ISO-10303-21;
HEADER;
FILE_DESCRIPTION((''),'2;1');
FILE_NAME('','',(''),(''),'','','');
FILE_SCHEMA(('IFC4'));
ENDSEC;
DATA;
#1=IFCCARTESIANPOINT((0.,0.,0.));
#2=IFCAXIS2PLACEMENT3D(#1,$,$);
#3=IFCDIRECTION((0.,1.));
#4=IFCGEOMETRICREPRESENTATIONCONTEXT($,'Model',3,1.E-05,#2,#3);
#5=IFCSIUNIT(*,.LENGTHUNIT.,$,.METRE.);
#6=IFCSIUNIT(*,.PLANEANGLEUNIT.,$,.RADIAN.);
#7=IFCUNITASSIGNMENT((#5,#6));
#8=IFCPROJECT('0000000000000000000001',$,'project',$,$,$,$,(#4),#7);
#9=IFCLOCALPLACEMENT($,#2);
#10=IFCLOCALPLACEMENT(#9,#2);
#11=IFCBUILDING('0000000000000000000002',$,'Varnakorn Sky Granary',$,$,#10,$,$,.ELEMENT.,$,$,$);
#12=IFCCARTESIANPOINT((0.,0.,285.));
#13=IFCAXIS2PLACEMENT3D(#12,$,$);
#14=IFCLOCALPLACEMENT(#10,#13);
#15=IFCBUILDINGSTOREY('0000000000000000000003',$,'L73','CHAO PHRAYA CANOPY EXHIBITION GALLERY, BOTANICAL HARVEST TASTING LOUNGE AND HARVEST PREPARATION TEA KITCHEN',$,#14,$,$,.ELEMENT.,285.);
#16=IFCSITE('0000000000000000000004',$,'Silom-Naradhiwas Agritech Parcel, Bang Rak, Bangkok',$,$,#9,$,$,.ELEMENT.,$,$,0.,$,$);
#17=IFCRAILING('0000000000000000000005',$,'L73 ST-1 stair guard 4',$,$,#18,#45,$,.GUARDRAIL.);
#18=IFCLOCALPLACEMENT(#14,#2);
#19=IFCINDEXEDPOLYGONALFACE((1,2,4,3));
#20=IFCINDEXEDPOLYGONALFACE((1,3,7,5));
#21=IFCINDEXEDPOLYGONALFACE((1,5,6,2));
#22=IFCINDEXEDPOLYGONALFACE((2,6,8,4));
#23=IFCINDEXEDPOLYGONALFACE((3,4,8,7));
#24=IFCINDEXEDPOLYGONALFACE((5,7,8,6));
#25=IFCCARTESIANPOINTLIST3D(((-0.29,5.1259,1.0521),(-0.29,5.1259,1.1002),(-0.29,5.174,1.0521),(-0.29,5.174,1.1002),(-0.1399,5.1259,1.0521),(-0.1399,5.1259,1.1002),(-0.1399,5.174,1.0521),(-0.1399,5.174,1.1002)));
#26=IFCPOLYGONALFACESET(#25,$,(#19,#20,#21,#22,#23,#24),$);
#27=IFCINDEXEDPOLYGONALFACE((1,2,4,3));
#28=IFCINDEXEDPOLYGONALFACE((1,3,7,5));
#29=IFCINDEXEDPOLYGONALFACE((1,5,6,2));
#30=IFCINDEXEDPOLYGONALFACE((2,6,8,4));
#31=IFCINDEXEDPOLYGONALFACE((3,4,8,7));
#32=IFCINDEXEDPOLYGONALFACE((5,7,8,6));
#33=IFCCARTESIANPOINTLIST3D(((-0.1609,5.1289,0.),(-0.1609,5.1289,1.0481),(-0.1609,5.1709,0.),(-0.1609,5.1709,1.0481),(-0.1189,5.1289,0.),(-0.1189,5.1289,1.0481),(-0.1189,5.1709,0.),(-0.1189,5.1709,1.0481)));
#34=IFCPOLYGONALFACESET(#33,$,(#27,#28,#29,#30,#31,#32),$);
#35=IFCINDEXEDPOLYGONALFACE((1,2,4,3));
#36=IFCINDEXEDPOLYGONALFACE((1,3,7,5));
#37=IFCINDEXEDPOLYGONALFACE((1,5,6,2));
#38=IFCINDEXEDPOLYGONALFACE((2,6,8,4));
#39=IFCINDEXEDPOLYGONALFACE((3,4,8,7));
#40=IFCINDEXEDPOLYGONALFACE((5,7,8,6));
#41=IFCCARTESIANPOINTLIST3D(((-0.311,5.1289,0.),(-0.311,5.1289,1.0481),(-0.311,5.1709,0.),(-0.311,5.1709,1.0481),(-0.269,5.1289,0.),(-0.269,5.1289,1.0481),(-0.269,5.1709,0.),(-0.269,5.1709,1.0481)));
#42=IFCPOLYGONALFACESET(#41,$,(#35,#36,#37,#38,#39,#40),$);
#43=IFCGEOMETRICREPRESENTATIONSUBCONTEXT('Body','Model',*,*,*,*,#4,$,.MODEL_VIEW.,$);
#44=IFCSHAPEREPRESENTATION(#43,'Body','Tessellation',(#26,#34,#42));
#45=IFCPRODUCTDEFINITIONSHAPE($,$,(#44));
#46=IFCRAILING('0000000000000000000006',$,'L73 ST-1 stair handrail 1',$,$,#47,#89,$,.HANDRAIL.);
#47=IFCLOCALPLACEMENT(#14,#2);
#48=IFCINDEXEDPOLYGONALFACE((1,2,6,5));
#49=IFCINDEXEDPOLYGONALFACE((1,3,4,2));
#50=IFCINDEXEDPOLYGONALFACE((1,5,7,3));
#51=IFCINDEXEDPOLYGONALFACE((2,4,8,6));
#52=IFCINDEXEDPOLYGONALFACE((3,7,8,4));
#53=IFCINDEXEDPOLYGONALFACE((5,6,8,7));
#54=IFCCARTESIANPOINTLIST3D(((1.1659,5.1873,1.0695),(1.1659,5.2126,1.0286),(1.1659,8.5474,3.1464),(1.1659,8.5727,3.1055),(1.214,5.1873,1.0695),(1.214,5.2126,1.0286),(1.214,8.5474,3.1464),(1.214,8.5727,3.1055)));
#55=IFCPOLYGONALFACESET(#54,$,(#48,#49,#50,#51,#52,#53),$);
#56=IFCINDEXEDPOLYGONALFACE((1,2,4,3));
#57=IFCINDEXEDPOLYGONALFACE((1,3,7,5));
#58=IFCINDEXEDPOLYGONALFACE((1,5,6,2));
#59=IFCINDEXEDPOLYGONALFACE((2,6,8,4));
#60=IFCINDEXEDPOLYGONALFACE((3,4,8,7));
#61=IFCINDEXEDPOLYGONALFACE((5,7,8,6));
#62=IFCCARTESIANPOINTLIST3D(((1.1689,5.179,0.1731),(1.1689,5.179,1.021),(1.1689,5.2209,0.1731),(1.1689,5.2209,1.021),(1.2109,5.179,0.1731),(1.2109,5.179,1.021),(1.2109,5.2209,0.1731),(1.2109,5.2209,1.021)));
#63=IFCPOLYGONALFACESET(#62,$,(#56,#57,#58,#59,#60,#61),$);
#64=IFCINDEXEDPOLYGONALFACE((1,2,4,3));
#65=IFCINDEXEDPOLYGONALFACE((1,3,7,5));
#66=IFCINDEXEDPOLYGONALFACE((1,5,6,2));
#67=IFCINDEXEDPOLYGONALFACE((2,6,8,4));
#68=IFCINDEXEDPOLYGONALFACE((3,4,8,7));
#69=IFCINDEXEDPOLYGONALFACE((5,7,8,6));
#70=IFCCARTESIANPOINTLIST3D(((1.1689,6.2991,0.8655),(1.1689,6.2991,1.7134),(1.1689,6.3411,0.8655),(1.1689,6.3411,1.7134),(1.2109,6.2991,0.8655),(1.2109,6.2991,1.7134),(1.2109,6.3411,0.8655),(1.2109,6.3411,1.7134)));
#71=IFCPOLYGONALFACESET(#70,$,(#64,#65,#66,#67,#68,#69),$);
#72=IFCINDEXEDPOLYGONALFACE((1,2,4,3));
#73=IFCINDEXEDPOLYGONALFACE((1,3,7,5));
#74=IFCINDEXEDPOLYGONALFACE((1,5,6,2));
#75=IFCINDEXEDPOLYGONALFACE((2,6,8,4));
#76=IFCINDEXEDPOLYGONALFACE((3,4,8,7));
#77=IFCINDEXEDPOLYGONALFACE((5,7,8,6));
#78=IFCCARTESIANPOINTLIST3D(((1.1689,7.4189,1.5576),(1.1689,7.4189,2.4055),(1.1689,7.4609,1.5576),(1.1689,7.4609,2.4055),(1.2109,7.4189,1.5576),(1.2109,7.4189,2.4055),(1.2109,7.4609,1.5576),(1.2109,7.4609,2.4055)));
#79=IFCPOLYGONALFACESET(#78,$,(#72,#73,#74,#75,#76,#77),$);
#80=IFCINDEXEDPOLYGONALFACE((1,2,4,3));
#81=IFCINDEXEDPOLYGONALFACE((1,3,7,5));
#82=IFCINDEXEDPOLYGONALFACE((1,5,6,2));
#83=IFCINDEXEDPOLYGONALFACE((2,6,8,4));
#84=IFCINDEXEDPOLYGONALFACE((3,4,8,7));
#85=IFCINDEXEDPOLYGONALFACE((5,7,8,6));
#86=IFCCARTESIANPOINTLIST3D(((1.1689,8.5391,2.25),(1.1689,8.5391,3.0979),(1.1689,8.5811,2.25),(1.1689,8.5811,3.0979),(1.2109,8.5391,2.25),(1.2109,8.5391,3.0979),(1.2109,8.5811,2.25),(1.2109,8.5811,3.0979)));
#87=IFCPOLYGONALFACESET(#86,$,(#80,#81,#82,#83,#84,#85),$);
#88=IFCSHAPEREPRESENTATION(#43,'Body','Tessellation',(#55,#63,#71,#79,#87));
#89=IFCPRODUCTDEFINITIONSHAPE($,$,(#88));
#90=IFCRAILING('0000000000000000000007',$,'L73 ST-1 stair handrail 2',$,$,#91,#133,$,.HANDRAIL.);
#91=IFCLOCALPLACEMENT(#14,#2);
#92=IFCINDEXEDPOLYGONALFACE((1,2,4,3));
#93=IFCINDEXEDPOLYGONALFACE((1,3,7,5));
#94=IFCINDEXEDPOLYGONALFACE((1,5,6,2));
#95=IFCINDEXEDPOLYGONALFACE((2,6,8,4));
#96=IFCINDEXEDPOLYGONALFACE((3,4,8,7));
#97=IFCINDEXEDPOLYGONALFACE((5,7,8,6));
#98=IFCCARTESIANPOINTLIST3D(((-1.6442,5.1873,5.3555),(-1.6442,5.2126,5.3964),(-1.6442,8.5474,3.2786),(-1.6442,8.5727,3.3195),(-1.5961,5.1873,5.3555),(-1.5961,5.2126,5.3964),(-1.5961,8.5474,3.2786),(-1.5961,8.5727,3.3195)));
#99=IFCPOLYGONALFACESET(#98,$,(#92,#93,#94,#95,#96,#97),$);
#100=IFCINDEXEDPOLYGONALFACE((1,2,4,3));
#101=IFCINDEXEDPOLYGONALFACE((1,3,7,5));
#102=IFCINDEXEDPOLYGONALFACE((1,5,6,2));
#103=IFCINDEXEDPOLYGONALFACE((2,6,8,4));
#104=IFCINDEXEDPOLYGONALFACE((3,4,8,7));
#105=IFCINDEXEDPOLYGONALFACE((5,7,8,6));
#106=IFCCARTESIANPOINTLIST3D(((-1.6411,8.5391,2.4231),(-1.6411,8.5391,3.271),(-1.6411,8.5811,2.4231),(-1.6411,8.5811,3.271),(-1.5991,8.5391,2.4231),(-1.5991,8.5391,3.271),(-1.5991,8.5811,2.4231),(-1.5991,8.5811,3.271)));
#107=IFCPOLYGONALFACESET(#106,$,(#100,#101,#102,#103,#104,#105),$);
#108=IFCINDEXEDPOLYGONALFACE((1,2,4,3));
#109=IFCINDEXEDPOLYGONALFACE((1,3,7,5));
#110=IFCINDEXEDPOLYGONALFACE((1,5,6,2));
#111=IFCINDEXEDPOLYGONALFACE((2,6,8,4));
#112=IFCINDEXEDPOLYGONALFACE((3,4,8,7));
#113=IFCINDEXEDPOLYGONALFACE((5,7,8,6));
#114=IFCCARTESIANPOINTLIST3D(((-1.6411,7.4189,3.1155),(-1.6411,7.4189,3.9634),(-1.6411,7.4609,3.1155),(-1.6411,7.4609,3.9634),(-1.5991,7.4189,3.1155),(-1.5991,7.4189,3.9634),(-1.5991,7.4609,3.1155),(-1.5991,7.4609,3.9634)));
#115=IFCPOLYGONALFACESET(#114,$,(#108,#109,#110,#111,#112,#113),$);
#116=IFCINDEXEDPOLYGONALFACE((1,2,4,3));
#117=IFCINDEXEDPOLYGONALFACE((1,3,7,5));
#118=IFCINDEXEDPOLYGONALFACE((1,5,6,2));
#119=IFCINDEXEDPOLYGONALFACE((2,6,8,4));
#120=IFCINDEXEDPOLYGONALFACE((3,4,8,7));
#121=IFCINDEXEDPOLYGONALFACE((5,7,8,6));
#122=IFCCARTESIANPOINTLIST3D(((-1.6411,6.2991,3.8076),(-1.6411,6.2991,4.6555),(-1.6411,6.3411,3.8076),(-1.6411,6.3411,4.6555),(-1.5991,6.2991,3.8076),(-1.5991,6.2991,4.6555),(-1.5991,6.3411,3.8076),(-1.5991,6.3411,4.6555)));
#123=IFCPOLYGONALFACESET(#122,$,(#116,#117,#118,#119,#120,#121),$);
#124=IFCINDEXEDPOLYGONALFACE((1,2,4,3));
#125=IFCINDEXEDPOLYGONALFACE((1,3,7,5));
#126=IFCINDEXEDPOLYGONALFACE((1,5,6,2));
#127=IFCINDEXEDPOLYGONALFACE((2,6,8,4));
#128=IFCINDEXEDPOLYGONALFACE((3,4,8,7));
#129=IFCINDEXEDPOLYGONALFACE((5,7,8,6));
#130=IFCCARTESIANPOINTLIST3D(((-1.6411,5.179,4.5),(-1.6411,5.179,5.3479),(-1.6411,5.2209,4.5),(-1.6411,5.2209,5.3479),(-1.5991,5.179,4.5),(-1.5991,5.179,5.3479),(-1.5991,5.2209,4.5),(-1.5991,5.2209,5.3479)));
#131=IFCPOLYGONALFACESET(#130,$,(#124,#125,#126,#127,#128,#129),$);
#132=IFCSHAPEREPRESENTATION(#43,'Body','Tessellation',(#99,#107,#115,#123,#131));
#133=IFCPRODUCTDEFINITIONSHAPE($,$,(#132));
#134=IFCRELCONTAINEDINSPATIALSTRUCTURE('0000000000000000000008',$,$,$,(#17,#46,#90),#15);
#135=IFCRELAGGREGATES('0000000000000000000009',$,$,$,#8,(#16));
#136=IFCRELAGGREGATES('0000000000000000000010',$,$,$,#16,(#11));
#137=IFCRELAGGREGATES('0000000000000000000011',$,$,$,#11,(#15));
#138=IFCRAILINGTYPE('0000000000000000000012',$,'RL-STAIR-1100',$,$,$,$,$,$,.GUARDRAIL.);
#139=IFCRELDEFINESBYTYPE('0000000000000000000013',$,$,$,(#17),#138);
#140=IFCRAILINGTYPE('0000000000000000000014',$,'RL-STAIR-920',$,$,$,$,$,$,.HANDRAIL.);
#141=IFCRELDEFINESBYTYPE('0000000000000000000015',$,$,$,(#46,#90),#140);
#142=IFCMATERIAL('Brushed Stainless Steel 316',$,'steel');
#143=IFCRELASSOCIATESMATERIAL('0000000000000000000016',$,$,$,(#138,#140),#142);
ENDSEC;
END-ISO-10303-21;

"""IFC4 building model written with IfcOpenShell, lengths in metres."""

from ifc_helpers import new_model, si_unit, direction, frame, origin, origin_2d, place, context, subcontext, project, spatial, rectangle, extrude, material, type_object, element, save


model = new_model("IFC4")

# Units and contexts
model_context = context("Model", 3, precision=1e-05, world=origin(), true_north=direction((0.0, 1.0)))
body_context = subcontext(model_context, "Body", "Model", "MODEL_VIEW")
ifc_project = project(units=[si_unit("LENGTHUNIT", "METRE"), si_unit("PLANEANGLEUNIT", "RADIAN")], contexts=[model_context])

# Site, building, storey
site_placement = place(None, origin())
site = spatial("IfcSite", under=ifc_project, at=site_placement, Name="Silom-Naradhiwas Agritech Parcel, Bang Rak, Bangkok", CompositionType="ELEMENT", RefElevation=0.0)
building_placement = place(site_placement, origin())
building = spatial("IfcBuilding", under=site, at=building_placement, Name="Varnakorn Sky Granary", CompositionType="ELEMENT")
storey_placement = place(building_placement, frame((0.0, 0.0, 285.0)))
storey = spatial("IfcBuildingStorey", under=building, at=storey_placement, Name="L73", Description="CHAO PHRAYA CANOPY EXHIBITION GALLERY, BOTANICAL HARVEST TASTING LOUNGE AND HARVEST PREPARATION TEA KITCHEN", CompositionType="ELEMENT", Elevation=285.0)

# Railings
ifc_material_1 = material(Name="Brushed Stainless Steel 316", Category="steel")
railing_type_1 = type_object("IfcRailingType", Name="RL-STAIR-1100", PredefinedType="GUARDRAIL", material=ifc_material_1)
railing_1_placement = place(storey_placement, frame((-0.1399, 5.1499, 0.0)))
element("IfcRailing", 1, at=railing_1_placement, inside=storey, type_object=railing_type_1, Name="L73 ST-1 stair guard 4", PredefinedType="GUARDRAIL", context=body_context, shape_type="SweptSolid", body=[
    extrude(rectangle(XDim=0.0481, YDim=0.0481, at=origin_2d()), frame((0.0, 0.0, 1.0762), z_axis=(-1.0, 0.0, 0.0), x_axis=(0.0, -1.0, 0.0)), (0.0, 0.0, 1.0), 0.1501),
    extrude(rectangle(XDim=0.042, YDim=0.042, at=origin_2d()), origin(), (0.0, 0.0, 1.0), 1.0481),
    extrude(rectangle(XDim=0.042, YDim=0.042, at=origin_2d()), frame((-0.1501, 0.0, 0.0)), (0.0, 0.0, 1.0), 1.0481),
])
railing_type_2 = type_object("IfcRailingType", Name="RL-STAIR-920", PredefinedType="HANDRAIL", material=ifc_material_1)
railing_2_placement = place(storey_placement, frame((1.1899, 5.2, 0.1731)))
element("IfcRailing", 2, at=railing_2_placement, inside=storey, type_object=railing_type_2, Name="L73 ST-1 stair handrail 1", PredefinedType="HANDRAIL", context=body_context, shape_type="SweptSolid", body=[
    extrude(rectangle(XDim=0.0481, YDim=0.0481, at=origin_2d()), frame((0.0, 0.0, 0.876), z_axis=(0.0, 0.850623, 0.525776), x_axis=(-1.0, 0.0, 0.0)), (0.0, 0.0, 1.0), 3.9502),
    extrude(rectangle(XDim=0.042, YDim=0.042, at=origin_2d()), origin(), (0.0, 0.0, 1.0), 0.8479),
    extrude(rectangle(XDim=0.042, YDim=0.042, at=origin_2d()), frame((0.0, 1.1201, 0.6924)), (0.0, 0.0, 1.0), 0.8479),
    extrude(rectangle(XDim=0.042, YDim=0.042, at=origin_2d()), frame((0.0, 2.24, 1.3845)), (0.0, 0.0, 1.0), 0.8479),
    extrude(rectangle(XDim=0.042, YDim=0.042, at=origin_2d()), frame((0.0, 3.3601, 2.0769)), (0.0, 0.0, 1.0), 0.8479),
])
railing_3_placement = place(storey_placement, frame((-1.6201, 8.5601, 2.4231)))
element("IfcRailing", 3, at=railing_3_placement, inside=storey, type_object=railing_type_2, Name="L73 ST-1 stair handrail 2", PredefinedType="HANDRAIL", context=body_context, shape_type="SweptSolid", body=[
    extrude(rectangle(XDim=0.0481, YDim=0.0481, at=origin_2d()), frame((0.0, 0.0, 0.876), z_axis=(0.0, -0.850623, 0.525776), x_axis=(1.0, 0.0, 0.0)), (0.0, 0.0, 1.0), 3.9502),
    extrude(rectangle(XDim=0.042, YDim=0.042, at=origin_2d()), origin(), (0.0, 0.0, 1.0), 0.8479),
    extrude(rectangle(XDim=0.042, YDim=0.042, at=origin_2d()), frame((0.0, -1.1201, 0.6924)), (0.0, 0.0, 1.0), 0.8479),
    extrude(rectangle(XDim=0.042, YDim=0.042, at=origin_2d()), frame((0.0, -2.24, 1.3845)), (0.0, 0.0, 1.0), 0.8479),
    extrude(rectangle(XDim=0.042, YDim=0.042, at=origin_2d()), frame((0.0, -3.3601, 2.0769)), (0.0, 0.0, 1.0), 0.8479),
])

save(model, "model.ifc")
